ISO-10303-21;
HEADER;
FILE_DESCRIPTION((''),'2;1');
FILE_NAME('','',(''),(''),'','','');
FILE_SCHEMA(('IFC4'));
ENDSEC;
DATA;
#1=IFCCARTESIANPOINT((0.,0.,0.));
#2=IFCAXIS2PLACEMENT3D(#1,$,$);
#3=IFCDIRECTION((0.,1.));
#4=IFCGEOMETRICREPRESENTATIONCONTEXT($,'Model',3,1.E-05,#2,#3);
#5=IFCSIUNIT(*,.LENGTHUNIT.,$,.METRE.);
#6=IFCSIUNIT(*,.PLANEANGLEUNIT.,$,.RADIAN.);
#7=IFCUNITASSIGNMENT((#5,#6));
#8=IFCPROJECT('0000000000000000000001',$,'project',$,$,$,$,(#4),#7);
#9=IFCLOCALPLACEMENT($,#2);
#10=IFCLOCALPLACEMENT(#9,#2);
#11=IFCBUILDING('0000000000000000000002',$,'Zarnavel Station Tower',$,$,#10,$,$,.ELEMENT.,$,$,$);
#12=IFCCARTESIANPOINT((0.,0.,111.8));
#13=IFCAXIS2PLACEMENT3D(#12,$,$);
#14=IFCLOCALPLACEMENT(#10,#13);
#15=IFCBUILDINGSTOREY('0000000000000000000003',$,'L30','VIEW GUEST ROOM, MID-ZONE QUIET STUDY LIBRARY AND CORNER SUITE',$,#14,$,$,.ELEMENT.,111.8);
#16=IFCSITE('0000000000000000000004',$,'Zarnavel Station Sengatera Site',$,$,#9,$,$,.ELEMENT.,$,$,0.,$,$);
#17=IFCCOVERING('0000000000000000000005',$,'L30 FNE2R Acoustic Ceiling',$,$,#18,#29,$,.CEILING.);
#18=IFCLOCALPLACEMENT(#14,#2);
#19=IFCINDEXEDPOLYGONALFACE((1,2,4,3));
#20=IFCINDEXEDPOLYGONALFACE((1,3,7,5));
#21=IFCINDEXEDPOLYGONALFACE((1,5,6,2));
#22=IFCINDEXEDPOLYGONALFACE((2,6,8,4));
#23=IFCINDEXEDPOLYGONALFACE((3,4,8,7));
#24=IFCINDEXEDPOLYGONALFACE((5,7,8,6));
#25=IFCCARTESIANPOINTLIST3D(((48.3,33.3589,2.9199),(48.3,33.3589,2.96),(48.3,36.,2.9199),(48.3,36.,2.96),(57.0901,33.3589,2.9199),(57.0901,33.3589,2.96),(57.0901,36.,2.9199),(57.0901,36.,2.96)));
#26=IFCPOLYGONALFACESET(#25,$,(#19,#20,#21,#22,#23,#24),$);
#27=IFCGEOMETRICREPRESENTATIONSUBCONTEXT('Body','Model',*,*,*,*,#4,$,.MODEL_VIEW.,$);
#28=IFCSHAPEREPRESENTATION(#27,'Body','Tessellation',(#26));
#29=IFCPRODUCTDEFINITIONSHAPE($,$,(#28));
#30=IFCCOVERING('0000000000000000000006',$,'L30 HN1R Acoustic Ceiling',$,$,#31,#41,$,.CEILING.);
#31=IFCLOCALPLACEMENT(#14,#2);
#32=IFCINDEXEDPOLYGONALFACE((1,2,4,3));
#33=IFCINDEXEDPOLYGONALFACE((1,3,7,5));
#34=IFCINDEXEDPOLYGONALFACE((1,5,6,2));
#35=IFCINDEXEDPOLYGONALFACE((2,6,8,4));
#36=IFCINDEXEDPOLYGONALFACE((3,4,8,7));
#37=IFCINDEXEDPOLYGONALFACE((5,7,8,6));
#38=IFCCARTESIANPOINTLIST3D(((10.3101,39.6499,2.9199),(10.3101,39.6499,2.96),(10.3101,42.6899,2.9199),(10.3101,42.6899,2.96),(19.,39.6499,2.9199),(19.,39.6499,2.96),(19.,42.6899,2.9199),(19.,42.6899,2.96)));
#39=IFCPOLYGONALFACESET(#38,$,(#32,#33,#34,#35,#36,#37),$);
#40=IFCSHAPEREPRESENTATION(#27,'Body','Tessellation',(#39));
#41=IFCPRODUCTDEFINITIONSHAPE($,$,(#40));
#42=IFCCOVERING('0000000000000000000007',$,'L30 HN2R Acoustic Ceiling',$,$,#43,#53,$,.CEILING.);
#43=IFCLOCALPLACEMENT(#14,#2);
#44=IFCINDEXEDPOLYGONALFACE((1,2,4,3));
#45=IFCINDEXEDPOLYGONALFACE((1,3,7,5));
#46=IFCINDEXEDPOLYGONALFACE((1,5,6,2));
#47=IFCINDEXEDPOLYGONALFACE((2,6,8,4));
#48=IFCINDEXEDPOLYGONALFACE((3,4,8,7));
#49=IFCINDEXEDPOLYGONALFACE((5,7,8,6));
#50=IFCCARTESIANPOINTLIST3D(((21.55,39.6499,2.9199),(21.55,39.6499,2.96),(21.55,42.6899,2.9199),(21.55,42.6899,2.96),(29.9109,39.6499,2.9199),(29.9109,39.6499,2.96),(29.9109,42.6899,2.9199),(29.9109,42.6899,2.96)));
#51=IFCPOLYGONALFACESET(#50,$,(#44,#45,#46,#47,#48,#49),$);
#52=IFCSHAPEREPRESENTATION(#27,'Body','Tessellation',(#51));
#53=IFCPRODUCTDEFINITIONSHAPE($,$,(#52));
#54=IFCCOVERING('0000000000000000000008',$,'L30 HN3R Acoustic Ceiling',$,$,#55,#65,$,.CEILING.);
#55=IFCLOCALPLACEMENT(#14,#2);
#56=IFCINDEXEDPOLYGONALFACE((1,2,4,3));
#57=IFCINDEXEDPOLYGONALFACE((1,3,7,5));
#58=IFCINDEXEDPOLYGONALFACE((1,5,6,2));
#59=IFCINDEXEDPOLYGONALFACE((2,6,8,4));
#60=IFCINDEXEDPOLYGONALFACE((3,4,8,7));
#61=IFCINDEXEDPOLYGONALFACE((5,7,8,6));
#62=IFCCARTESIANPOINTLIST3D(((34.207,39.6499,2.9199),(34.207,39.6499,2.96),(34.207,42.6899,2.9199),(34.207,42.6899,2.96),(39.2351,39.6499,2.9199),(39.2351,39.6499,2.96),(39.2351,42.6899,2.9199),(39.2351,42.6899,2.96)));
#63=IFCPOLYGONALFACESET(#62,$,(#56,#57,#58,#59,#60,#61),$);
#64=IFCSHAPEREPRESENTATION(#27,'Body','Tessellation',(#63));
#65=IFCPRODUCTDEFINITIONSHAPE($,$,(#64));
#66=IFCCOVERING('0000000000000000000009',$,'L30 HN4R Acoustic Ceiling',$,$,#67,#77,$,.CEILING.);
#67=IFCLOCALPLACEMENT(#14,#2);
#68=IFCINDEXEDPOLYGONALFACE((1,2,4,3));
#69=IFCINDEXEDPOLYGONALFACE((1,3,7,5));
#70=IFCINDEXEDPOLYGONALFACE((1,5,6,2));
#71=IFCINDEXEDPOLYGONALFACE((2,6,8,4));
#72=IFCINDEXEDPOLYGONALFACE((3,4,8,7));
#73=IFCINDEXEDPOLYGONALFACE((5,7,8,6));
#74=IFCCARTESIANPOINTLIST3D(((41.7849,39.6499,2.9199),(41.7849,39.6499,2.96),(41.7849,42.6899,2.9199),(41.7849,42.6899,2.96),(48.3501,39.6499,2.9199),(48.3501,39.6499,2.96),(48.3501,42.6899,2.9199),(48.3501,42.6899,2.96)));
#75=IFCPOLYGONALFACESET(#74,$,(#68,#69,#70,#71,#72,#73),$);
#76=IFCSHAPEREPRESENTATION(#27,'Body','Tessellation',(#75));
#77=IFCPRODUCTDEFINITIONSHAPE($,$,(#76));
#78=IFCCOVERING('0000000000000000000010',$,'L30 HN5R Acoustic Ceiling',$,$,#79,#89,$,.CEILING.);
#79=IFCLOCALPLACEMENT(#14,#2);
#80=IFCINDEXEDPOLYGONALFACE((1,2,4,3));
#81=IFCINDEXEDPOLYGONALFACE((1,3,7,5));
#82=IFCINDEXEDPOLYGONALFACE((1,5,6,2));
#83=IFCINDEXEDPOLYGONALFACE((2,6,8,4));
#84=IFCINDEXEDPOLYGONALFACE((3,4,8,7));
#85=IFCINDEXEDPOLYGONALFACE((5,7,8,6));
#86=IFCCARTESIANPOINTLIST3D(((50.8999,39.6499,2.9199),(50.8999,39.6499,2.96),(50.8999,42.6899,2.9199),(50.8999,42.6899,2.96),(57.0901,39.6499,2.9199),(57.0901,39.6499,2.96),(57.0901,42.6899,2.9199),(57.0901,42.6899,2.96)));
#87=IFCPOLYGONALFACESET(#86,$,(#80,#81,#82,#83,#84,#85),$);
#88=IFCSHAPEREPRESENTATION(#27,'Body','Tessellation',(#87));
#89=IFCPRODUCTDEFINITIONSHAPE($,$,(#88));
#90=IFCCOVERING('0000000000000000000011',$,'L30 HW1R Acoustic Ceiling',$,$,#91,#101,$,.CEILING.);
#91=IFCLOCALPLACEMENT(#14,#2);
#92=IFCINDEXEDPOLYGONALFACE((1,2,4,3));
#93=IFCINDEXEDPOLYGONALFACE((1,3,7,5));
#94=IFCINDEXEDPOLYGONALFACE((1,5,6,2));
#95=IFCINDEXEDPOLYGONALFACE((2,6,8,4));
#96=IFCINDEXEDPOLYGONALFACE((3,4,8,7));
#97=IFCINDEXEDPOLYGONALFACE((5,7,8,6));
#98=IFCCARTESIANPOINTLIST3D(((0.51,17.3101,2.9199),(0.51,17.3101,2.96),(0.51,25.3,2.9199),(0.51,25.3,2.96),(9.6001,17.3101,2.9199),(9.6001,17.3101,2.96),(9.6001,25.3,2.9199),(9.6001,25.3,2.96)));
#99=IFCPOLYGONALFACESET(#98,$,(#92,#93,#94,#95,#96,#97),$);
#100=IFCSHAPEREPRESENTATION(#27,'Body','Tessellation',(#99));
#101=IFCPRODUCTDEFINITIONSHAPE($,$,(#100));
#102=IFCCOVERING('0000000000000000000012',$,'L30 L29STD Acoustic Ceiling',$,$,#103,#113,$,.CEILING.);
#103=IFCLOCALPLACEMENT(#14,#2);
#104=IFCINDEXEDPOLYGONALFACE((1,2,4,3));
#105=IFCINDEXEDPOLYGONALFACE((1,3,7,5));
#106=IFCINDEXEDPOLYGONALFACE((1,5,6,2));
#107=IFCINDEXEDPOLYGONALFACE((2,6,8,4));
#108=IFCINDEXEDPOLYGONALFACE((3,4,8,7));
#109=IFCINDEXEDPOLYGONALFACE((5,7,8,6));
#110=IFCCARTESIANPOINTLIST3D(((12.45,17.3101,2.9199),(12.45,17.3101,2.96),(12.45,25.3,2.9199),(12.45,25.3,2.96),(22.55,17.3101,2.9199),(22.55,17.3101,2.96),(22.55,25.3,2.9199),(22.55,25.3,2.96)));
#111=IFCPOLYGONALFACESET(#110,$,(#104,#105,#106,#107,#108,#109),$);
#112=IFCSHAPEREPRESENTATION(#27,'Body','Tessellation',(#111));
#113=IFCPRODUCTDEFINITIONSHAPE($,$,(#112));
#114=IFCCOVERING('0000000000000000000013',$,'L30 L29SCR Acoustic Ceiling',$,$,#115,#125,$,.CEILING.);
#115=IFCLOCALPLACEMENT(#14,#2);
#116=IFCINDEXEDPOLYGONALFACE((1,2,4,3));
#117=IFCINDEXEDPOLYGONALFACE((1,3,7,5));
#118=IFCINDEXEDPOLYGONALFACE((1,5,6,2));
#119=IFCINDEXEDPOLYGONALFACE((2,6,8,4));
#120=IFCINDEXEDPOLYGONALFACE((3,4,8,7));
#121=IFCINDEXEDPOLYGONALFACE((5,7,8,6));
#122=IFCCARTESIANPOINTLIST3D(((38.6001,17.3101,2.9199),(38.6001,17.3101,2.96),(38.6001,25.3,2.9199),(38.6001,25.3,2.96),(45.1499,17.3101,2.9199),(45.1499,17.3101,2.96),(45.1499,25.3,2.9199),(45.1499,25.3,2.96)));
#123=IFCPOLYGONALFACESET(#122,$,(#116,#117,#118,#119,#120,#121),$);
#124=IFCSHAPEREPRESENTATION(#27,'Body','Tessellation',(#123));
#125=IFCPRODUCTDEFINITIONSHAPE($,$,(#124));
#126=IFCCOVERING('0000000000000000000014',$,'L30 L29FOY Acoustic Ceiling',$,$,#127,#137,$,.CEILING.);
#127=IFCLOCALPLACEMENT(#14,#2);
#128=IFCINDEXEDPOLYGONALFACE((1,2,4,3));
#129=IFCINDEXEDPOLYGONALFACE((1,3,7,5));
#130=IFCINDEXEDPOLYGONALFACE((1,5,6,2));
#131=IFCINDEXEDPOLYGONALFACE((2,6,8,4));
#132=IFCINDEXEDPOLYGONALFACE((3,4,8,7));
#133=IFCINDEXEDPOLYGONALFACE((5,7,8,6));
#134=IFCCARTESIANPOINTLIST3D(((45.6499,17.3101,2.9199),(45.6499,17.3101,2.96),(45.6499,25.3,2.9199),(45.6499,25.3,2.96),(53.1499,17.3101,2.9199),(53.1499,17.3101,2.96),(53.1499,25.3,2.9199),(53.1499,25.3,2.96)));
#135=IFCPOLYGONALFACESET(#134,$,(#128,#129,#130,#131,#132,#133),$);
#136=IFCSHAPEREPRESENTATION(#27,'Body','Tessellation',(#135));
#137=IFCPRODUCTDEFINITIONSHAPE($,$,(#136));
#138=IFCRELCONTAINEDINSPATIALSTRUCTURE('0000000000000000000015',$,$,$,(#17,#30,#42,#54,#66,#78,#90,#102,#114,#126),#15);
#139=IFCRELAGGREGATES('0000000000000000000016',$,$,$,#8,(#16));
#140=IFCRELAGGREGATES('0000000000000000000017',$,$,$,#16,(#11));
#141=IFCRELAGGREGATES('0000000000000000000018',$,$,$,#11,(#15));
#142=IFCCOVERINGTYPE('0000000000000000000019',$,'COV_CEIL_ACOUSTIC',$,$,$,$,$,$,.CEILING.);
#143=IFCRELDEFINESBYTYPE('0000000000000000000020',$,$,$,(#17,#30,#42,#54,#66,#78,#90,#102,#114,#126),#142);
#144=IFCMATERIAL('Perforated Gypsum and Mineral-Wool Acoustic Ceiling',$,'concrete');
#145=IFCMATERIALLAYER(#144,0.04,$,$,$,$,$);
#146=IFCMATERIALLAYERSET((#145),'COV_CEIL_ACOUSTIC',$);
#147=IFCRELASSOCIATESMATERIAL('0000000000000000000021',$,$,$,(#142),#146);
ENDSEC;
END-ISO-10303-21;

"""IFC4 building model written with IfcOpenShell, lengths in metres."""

from ifc_helpers import new_model, si_unit, direction, frame, origin, place, context, subcontext, project, spatial, polyline, outline, extrude, material, layer, layer_set, type_object, element, save


model = new_model("IFC4")

# Units and contexts
model_context = context("Model", 3, precision=1e-05, world=origin(), true_north=direction((0.0, 1.0)))
body_context = subcontext(model_context, "Body", "Model", "MODEL_VIEW")
ifc_project = project(units=[si_unit("LENGTHUNIT", "METRE"), si_unit("PLANEANGLEUNIT", "RADIAN")], contexts=[model_context])

# Site, building, storey
site_placement = place(None, origin())
site = spatial("IfcSite", under=ifc_project, at=site_placement, Name="Zarnavel Station Sengatera Site", CompositionType="ELEMENT", RefElevation=0.0)
building_placement = place(site_placement, origin())
building = spatial("IfcBuilding", under=site, at=building_placement, Name="Zarnavel Station Tower", CompositionType="ELEMENT")
storey_placement = place(building_placement, frame((0.0, 0.0, 111.8)))
storey = spatial("IfcBuildingStorey", under=building, at=storey_placement, Name="L30", Description="VIEW GUEST ROOM, MID-ZONE QUIET STUDY LIBRARY AND CORNER SUITE", CompositionType="ELEMENT", Elevation=111.8)

# Coverings
ifc_material_1 = material(Name="Perforated Gypsum and Mineral-Wool Acoustic Ceiling", Category="concrete")
ifc_layer_1 = layer(ifc_material_1, 0.04)
ifc_layer_set_1 = layer_set([ifc_layer_1], Name="COV_CEIL_ACOUSTIC")
covering_type_1 = type_object("IfcCoveringType", Name="COV_CEIL_ACOUSTIC", PredefinedType="CEILING", material=ifc_layer_set_1)
covering_1_placement = place(storey_placement, frame((0.0, 0.0, 2.9199)))
element("IfcCovering", 1, at=covering_1_placement, inside=storey, type_object=covering_type_1, Name="L30 FNE2R Acoustic Ceiling", PredefinedType="CEILING", context=body_context, shape_type="SweptSolid", body=[
    extrude(outline(polyline([(48.3, 33.3589), (57.0901, 33.3589), (57.0901, 36.0), (48.3, 36.0), (48.3, 33.3589)])), origin(), (0.0, 0.0, 1.0), 0.04),
])
covering_2_placement = place(storey_placement, frame((0.0, 0.0, 2.9199)))
element("IfcCovering", 2, at=covering_2_placement, inside=storey, type_object=covering_type_1, Name="L30 HN1R Acoustic Ceiling", PredefinedType="CEILING", context=body_context, shape_type="SweptSolid", body=[
    extrude(outline(polyline([(10.3101, 39.6499), (19.0, 39.6499), (19.0, 42.6899), (10.3101, 42.6899), (10.3101, 39.6499)])), origin(), (0.0, 0.0, 1.0), 0.04),
])
covering_3_placement = place(storey_placement, frame((0.0, 0.0, 2.9199)))
element("IfcCovering", 3, at=covering_3_placement, inside=storey, type_object=covering_type_1, Name="L30 HN2R Acoustic Ceiling", PredefinedType="CEILING", context=body_context, shape_type="SweptSolid", body=[
    extrude(outline(polyline([(21.55, 39.6499), (29.9109, 39.6499), (29.9109, 42.6899), (21.55, 42.6899), (21.55, 39.6499)])), origin(), (0.0, 0.0, 1.0), 0.04),
])
covering_4_placement = place(storey_placement, frame((0.0, 0.0, 2.9199)))
element("IfcCovering", 4, at=covering_4_placement, inside=storey, type_object=covering_type_1, Name="L30 HN3R Acoustic Ceiling", PredefinedType="CEILING", context=body_context, shape_type="SweptSolid", body=[
    extrude(outline(polyline([(34.207, 39.6499), (39.2351, 39.6499), (39.2351, 42.6899), (34.207, 42.6899), (34.207, 39.6499)])), origin(), (0.0, 0.0, 1.0), 0.04),
])
covering_5_placement = place(storey_placement, frame((0.0, 0.0, 2.9199)))
element("IfcCovering", 5, at=covering_5_placement, inside=storey, type_object=covering_type_1, Name="L30 HN4R Acoustic Ceiling", PredefinedType="CEILING", context=body_context, shape_type="SweptSolid", body=[
    extrude(outline(polyline([(41.7849, 39.6499), (48.3501, 39.6499), (48.3501, 42.6899), (41.7849, 42.6899), (41.7849, 39.6499)])), origin(), (0.0, 0.0, 1.0), 0.04),
])
covering_6_placement = place(storey_placement, frame((0.0, 0.0, 2.9199)))
element("IfcCovering", 6, at=covering_6_placement, inside=storey, type_object=covering_type_1, Name="L30 HN5R Acoustic Ceiling", PredefinedType="CEILING", context=body_context, shape_type="SweptSolid", body=[
    extrude(outline(polyline([(50.8999, 39.6499), (57.0901, 39.6499), (57.0901, 42.6899), (50.8999, 42.6899), (50.8999, 39.6499)])), origin(), (0.0, 0.0, 1.0), 0.04),
])
covering_7_placement = place(storey_placement, frame((0.0, 0.0, 2.9199)))
element("IfcCovering", 7, at=covering_7_placement, inside=storey, type_object=covering_type_1, Name="L30 HW1R Acoustic Ceiling", PredefinedType="CEILING", context=body_context, shape_type="SweptSolid", body=[
    extrude(outline(polyline([(0.51, 17.3101), (9.6001, 17.3101), (9.6001, 25.3), (0.51, 25.3), (0.51, 17.3101)])), origin(), (0.0, 0.0, 1.0), 0.04),
])
covering_8_placement = place(storey_placement, frame((0.0, 0.0, 2.9199)))
element("IfcCovering", 8, at=covering_8_placement, inside=storey, type_object=covering_type_1, Name="L30 L29STD Acoustic Ceiling", PredefinedType="CEILING", context=body_context, shape_type="SweptSolid", body=[
    extrude(outline(polyline([(12.45, 17.3101), (22.55, 17.3101), (22.55, 25.3), (12.45, 25.3), (12.45, 17.3101)])), origin(), (0.0, 0.0, 1.0), 0.04),
])
covering_9_placement = place(storey_placement, frame((0.0, 0.0, 2.9199)))
element("IfcCovering", 9, at=covering_9_placement, inside=storey, type_object=covering_type_1, Name="L30 L29SCR Acoustic Ceiling", PredefinedType="CEILING", context=body_context, shape_type="SweptSolid", body=[
    extrude(outline(polyline([(38.6001, 17.3101), (45.1499, 17.3101), (45.1499, 25.3), (38.6001, 25.3), (38.6001, 17.3101)])), origin(), (0.0, 0.0, 1.0), 0.04),
])
covering_10_placement = place(storey_placement, frame((0.0, 0.0, 2.9199)))
element("IfcCovering", 10, at=covering_10_placement, inside=storey, type_object=covering_type_1, Name="L30 L29FOY Acoustic Ceiling", PredefinedType="CEILING", context=body_context, shape_type="SweptSolid", body=[
    extrude(outline(polyline([(45.6499, 17.3101), (53.1499, 17.3101), (53.1499, 25.3), (45.6499, 25.3), (45.6499, 17.3101)])), origin(), (0.0, 0.0, 1.0), 0.04),
])

save(model, "model.ifc")
